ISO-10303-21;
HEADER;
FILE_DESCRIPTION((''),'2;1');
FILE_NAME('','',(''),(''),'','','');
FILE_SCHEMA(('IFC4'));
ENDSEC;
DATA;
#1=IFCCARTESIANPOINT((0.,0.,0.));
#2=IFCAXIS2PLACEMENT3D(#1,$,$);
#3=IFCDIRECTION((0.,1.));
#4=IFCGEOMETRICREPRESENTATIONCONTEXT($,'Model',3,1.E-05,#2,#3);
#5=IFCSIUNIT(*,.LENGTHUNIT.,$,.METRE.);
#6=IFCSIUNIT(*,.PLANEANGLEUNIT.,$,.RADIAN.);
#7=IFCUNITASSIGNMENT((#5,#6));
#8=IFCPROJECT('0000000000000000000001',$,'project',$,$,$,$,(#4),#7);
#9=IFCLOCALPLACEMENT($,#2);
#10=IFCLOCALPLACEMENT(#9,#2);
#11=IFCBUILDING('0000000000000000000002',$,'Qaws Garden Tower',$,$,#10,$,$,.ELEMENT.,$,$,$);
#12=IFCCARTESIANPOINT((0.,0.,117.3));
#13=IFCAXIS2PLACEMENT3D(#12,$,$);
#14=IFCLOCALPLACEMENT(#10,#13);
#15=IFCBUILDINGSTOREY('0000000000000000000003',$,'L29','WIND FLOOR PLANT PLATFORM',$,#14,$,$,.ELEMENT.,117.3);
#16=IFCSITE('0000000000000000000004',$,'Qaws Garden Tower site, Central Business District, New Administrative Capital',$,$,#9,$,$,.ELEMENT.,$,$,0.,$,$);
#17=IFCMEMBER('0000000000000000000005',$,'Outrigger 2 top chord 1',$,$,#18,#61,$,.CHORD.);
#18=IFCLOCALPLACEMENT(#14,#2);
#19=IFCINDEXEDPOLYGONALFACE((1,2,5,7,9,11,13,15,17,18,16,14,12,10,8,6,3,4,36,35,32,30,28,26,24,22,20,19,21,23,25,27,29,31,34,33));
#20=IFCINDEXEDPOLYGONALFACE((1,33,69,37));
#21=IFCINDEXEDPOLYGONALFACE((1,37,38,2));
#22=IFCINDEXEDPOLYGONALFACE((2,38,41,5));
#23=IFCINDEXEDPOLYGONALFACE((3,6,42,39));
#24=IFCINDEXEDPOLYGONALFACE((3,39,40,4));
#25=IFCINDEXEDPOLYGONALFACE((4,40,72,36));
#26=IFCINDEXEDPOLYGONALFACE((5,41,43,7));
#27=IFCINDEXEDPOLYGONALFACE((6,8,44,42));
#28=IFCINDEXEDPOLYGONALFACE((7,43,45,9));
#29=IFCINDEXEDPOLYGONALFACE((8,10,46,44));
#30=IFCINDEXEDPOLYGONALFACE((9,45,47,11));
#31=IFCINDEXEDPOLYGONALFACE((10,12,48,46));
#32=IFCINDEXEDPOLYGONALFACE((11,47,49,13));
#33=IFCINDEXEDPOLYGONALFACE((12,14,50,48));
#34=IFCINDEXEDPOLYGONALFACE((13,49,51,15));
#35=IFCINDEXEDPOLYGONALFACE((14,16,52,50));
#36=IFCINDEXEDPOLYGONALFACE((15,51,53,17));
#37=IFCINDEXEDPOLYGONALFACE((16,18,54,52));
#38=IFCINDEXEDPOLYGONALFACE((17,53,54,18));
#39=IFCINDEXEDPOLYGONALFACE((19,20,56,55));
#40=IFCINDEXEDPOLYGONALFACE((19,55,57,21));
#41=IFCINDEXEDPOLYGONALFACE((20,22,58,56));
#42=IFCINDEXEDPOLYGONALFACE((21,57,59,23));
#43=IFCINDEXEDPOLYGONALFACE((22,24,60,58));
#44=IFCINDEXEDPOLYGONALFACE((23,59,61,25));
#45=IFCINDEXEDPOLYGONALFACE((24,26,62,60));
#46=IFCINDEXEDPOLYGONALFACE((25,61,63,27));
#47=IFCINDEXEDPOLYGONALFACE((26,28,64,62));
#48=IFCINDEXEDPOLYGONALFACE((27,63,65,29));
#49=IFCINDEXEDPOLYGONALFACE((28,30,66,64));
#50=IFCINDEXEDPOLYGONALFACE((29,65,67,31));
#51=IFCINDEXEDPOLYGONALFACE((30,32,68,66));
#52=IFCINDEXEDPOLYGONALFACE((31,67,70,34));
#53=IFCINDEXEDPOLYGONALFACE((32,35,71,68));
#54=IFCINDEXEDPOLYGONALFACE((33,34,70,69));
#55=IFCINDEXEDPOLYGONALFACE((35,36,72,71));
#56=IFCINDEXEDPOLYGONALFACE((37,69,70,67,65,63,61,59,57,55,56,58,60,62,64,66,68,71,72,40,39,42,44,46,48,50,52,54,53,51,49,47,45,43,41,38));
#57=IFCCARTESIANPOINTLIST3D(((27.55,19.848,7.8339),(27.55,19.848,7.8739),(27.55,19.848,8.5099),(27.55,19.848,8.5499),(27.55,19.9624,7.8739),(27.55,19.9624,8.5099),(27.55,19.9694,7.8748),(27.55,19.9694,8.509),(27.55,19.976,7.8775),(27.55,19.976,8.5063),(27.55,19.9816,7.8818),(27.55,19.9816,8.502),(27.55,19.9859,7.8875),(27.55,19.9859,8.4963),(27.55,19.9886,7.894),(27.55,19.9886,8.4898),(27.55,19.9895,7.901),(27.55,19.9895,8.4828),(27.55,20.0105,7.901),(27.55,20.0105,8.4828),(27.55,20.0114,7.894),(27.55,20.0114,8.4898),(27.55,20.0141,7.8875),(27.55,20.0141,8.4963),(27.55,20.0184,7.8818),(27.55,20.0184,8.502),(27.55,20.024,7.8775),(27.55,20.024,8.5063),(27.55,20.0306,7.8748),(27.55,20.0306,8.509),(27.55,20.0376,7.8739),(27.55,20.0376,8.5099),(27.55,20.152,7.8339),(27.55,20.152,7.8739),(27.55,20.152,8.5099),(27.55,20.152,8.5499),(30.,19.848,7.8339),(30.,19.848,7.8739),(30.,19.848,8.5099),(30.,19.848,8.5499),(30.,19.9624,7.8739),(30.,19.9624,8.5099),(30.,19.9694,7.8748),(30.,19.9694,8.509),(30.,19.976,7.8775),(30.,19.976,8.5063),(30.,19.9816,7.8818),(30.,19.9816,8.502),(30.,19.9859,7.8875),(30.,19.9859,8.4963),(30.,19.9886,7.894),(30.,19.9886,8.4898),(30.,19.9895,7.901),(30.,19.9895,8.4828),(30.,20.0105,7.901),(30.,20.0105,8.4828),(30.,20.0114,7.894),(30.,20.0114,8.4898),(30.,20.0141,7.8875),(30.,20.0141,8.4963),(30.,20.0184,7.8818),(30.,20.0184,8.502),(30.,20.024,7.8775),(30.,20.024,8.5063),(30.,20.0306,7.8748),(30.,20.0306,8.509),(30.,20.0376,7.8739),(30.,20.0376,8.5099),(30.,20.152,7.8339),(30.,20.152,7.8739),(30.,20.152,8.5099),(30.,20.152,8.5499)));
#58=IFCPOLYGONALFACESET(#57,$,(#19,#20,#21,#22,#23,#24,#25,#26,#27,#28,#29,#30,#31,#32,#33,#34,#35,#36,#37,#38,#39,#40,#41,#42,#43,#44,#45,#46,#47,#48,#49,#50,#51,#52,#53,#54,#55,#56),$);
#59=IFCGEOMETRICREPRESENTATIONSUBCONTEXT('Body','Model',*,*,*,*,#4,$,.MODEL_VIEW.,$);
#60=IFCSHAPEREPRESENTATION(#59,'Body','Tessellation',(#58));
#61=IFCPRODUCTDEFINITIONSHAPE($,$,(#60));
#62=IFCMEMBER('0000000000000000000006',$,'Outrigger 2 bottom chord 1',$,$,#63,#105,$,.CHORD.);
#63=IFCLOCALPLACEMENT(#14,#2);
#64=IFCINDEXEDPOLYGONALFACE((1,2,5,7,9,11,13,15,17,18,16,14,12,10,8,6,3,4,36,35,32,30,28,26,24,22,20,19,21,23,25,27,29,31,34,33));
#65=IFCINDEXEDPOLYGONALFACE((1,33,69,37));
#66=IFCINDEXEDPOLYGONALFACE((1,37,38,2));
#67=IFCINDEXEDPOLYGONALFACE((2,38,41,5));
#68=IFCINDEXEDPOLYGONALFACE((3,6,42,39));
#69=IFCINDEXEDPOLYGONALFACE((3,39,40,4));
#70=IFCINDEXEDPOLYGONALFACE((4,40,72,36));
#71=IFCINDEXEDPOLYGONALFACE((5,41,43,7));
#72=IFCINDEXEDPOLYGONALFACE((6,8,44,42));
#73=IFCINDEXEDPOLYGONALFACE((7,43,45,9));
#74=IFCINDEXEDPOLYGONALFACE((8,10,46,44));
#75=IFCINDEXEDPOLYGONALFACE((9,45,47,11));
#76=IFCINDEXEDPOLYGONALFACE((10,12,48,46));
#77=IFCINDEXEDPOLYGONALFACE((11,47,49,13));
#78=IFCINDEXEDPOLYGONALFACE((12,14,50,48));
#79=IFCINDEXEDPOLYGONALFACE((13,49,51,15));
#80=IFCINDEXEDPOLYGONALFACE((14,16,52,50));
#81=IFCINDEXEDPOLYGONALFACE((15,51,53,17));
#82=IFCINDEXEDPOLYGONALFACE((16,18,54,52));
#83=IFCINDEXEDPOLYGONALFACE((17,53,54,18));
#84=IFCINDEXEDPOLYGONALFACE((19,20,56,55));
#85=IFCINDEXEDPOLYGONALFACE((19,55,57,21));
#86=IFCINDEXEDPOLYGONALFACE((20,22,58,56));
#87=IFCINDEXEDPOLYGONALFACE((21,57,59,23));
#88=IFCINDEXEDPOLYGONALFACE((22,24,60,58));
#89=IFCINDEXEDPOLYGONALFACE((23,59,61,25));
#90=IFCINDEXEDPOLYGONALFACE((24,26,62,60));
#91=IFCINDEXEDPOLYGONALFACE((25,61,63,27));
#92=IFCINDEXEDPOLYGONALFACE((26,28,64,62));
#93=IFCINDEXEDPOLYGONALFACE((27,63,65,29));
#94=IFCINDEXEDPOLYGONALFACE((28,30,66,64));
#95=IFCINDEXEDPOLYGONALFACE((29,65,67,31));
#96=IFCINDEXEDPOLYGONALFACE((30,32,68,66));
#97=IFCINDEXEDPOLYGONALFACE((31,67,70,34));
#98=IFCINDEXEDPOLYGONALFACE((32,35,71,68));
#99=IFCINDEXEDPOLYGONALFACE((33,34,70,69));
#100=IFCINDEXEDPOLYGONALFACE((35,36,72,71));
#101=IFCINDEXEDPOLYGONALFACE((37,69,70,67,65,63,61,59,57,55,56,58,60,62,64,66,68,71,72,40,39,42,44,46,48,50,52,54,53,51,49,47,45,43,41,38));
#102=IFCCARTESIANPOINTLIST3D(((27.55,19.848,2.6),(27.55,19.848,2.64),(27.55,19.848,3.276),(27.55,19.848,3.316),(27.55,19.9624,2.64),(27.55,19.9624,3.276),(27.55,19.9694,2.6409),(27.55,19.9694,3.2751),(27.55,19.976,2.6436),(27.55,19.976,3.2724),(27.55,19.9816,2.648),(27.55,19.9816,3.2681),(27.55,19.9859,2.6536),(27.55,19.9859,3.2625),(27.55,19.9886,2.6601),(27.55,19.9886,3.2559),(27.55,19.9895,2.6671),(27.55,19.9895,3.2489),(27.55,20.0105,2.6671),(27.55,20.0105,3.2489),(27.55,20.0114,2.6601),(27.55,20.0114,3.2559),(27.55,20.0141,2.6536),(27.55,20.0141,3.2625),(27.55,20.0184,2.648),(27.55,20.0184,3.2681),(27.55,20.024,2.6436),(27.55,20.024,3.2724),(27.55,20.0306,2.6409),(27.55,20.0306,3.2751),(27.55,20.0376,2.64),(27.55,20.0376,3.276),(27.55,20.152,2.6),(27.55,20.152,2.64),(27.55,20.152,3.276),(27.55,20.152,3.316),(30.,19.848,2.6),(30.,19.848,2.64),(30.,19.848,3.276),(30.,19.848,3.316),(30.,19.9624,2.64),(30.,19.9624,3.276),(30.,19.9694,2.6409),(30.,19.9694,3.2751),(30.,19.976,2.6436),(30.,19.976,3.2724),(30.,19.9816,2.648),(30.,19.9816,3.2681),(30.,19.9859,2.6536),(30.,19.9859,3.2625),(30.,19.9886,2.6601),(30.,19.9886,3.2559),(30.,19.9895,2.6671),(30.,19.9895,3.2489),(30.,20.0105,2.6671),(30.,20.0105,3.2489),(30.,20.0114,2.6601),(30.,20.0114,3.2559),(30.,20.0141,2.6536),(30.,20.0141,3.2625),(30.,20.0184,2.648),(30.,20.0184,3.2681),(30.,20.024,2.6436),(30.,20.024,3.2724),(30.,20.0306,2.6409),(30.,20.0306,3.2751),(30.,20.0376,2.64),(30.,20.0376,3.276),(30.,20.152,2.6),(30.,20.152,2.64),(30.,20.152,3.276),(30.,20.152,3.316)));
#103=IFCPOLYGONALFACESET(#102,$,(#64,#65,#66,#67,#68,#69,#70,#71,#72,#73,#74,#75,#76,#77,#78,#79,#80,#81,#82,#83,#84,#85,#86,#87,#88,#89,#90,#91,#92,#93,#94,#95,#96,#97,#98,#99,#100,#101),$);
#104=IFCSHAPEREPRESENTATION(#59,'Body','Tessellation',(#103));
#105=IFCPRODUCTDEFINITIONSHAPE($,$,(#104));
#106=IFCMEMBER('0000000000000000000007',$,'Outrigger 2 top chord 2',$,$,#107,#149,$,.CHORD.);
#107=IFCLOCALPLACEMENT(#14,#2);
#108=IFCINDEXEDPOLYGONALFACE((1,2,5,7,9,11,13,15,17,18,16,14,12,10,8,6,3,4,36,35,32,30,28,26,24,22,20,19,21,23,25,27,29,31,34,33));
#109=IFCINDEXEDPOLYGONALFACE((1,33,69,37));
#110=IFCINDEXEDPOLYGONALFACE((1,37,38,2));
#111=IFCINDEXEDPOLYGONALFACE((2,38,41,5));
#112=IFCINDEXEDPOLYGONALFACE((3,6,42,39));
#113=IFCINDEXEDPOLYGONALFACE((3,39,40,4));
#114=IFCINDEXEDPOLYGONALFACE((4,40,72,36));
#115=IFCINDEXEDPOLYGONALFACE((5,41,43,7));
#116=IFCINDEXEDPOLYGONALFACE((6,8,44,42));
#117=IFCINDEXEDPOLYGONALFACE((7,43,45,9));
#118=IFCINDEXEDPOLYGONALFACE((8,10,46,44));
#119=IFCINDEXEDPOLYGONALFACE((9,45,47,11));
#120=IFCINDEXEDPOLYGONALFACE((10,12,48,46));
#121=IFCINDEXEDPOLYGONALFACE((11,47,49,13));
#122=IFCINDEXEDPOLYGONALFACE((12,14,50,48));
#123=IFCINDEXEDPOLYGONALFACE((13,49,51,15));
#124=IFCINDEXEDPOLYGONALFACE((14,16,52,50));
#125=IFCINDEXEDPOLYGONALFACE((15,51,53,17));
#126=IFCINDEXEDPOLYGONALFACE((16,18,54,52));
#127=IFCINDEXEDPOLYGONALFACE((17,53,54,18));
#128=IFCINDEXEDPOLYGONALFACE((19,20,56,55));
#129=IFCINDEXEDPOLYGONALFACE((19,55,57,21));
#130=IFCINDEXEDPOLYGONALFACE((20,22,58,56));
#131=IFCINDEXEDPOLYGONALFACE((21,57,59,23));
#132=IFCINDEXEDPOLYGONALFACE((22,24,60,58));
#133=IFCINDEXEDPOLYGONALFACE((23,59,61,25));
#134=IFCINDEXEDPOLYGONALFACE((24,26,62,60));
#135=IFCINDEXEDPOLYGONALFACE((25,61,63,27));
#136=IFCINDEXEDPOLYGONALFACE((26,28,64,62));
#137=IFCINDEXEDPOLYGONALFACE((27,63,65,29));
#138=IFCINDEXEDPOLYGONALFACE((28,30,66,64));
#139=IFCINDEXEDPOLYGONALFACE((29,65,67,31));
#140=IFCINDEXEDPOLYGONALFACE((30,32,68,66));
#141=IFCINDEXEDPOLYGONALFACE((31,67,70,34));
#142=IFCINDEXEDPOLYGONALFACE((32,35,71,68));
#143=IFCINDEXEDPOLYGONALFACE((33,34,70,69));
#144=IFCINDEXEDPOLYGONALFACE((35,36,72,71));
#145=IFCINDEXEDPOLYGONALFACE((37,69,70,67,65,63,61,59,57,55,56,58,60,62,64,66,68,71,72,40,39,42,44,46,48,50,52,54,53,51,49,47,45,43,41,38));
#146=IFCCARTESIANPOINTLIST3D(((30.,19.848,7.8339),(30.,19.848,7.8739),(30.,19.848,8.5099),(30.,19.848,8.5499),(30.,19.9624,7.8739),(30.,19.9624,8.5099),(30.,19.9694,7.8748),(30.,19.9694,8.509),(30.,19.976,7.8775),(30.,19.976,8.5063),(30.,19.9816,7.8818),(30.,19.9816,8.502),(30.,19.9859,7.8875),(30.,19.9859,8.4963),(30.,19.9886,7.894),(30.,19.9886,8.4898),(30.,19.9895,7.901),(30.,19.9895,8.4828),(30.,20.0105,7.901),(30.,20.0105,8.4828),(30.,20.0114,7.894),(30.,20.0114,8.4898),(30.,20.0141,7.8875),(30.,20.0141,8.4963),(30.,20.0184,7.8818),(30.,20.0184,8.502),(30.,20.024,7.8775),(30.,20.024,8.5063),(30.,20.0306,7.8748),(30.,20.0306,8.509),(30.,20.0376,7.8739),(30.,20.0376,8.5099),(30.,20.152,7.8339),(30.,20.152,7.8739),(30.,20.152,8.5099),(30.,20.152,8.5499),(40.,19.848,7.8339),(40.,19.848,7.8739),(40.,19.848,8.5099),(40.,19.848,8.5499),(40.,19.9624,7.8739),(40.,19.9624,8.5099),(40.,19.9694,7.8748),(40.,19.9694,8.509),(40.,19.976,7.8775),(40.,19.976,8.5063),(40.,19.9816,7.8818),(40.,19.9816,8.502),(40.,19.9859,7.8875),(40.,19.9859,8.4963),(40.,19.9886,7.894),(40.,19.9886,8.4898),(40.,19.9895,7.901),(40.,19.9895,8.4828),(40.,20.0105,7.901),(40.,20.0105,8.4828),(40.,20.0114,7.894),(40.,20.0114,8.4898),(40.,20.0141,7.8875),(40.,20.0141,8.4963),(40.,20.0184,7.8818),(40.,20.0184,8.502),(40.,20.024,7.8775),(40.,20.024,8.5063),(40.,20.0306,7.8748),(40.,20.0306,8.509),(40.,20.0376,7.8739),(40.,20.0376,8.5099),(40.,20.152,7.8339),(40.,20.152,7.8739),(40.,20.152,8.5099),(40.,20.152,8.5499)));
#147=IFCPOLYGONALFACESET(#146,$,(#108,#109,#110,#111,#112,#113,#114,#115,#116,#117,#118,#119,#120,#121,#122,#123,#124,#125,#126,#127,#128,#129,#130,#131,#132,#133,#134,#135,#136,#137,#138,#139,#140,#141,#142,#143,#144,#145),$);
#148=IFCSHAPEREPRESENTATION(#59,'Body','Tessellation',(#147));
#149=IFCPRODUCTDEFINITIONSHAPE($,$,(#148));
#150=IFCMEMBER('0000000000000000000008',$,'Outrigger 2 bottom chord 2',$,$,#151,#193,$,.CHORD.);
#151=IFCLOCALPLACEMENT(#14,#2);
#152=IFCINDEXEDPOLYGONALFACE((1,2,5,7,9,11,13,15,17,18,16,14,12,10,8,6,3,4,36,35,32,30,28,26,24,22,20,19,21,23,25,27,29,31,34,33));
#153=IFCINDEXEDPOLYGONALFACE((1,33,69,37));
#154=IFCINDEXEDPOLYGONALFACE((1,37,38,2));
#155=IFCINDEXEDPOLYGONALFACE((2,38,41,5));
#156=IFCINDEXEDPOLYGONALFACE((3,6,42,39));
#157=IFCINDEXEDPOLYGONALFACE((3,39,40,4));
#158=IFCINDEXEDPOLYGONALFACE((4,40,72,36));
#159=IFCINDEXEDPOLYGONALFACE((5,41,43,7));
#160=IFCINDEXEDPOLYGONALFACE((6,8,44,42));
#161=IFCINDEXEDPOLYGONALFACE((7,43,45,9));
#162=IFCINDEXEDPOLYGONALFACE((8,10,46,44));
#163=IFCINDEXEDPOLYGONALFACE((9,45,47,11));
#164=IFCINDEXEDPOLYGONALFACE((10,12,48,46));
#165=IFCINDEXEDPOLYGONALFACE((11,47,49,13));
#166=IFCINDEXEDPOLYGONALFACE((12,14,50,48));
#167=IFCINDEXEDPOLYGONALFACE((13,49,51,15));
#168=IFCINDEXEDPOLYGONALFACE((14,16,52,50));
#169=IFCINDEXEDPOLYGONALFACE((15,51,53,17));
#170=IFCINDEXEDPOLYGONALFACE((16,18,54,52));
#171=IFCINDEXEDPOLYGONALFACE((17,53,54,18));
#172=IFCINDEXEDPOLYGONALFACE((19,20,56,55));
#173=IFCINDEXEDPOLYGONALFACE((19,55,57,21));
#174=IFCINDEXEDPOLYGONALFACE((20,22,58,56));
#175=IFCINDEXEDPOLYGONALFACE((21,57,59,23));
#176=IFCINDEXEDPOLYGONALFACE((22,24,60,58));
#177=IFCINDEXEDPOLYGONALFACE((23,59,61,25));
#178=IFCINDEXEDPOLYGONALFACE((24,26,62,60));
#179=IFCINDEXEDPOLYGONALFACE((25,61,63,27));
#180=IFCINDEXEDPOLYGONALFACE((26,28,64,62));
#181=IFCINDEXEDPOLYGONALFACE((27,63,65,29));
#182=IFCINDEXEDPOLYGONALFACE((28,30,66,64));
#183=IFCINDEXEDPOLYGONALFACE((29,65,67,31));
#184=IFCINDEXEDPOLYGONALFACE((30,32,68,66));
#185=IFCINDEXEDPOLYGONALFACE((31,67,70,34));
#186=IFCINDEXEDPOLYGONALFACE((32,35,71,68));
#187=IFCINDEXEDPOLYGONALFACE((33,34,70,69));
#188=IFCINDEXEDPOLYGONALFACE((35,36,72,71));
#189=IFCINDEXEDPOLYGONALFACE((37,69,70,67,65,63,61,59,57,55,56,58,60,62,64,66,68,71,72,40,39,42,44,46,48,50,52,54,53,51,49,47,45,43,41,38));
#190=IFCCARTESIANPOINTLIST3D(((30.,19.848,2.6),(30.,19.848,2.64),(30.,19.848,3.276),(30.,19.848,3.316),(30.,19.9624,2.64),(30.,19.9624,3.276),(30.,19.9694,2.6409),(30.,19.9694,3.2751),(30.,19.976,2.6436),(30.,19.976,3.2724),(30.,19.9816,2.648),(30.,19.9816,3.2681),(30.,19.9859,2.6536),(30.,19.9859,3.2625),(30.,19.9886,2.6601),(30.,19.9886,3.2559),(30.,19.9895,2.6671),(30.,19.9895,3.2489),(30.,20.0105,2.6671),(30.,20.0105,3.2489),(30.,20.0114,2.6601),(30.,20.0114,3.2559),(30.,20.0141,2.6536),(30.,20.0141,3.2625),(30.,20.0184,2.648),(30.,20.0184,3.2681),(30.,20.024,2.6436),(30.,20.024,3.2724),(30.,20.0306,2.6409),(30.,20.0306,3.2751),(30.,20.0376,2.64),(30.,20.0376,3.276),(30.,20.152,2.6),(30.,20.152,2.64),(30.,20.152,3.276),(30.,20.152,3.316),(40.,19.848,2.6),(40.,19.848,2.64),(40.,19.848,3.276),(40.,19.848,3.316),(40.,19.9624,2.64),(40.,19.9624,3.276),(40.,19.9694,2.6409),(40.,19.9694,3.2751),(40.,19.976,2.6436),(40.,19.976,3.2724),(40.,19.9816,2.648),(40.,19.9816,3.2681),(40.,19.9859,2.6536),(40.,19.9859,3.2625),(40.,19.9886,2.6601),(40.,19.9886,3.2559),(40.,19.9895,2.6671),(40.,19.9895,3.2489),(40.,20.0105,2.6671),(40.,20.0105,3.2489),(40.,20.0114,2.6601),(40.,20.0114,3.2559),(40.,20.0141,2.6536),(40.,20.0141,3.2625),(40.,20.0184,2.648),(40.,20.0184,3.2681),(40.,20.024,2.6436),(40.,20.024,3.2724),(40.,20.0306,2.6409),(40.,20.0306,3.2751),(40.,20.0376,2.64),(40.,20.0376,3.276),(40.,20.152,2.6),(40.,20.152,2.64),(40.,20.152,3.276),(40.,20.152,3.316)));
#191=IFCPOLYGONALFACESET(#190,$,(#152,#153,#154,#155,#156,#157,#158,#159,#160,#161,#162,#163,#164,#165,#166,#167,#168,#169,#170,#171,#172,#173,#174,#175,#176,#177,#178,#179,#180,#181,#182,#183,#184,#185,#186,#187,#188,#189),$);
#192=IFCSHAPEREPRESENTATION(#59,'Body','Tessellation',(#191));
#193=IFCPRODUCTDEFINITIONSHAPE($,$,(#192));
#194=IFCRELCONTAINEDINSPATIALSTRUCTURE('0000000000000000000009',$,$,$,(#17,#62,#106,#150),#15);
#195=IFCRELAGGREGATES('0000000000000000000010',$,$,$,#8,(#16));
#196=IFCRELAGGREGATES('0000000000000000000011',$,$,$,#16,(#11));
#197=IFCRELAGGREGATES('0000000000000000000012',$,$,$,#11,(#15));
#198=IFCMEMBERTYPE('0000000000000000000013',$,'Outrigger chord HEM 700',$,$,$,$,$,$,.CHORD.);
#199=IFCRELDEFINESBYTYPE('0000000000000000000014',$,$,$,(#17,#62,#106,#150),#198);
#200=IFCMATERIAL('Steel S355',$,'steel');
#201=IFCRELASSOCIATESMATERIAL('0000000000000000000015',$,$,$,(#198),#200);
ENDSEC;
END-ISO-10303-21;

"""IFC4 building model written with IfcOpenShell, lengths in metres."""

from ifc_helpers import new_model, si_unit, direction, frame, origin, origin_2d, place, context, subcontext, project, spatial, i_section, extrude, material, material_profile, profile_set, type_object, element, save


model = new_model("IFC4")

# Units and contexts
model_context = context("Model", 3, precision=1e-05, world=origin(), true_north=direction((0.0, 1.0)))
body_context = subcontext(model_context, "Body", "Model", "MODEL_VIEW")
ifc_project = project(units=[si_unit("LENGTHUNIT", "METRE"), si_unit("PLANEANGLEUNIT", "RADIAN")], contexts=[model_context])

# Site, building, storey
site_placement = place(None, origin())
site = spatial("IfcSite", under=ifc_project, at=site_placement, Name="Qaws Garden Tower site, Central Business District, New Administrative Capital", CompositionType="ELEMENT", RefElevation=0.0)
building_placement = place(site_placement, origin())
building = spatial("IfcBuilding", under=site, at=building_placement, Name="Qaws Garden Tower", CompositionType="ELEMENT")
storey_placement = place(building_placement, frame((0.0, 0.0, 117.3)))
storey = spatial("IfcBuildingStorey", under=building, at=storey_placement, Name="L29", Description="WIND FLOOR PLANT PLATFORM", CompositionType="ELEMENT", Elevation=117.3)

# Members
ifc_material_1 = material(Name="Steel S355", Category="steel")
ifc_material_profile_1 = material_profile(ifc_material_1, i_section(OverallWidth=0.304, OverallDepth=0.7161, WebThickness=0.021, FlangeThickness=0.04, FilletRadius=0.0271, at=origin_2d()), Name="HEM 700")
ifc_profile_set_1 = profile_set([ifc_material_profile_1], Name="Steel S355")
member_type_1 = type_object("IfcMemberType", Name="Outrigger chord HEM 700", PredefinedType="CHORD", material=ifc_profile_set_1)
for number, where, z_axis, x_axis, name in (
    (1, (27.55, 20.0, 8.1919), (1.0, 0.0, 0.0), (0.0, 1.0, 0.0), "Outrigger 2 top chord 1"),
    (2, (27.55, 20.0, 2.958), (1.0, 0.0, 0.0), (0.0, 1.0, 0.0), "Outrigger 2 bottom chord 1"),
):
    element("IfcMember", number, at=place(storey_placement, frame(where, z_axis=z_axis, x_axis=x_axis)), inside=storey, type_object=member_type_1, Name=name, PredefinedType="CHORD", context=body_context, shape_type="SweptSolid", body=[
        extrude(i_section(OverallWidth=0.304, OverallDepth=0.7161, WebThickness=0.021, FlangeThickness=0.04, FilletRadius=0.0271, at=origin_2d()), origin(), (0.0, 0.0, 1.0), 2.45),
    ])
for number, where, z_axis, x_axis, name in (
    (3, (30.0, 20.0, 8.1919), (1.0, 0.0, 0.0), (0.0, 1.0, 0.0), "Outrigger 2 top chord 2"),
    (4, (30.0, 20.0, 2.958), (1.0, 0.0, 0.0), (0.0, 1.0, 0.0), "Outrigger 2 bottom chord 2"),
):
    element("IfcMember", number, at=place(storey_placement, frame(where, z_axis=z_axis, x_axis=x_axis)), inside=storey, type_object=member_type_1, Name=name, PredefinedType="CHORD", context=body_context, shape_type="SweptSolid", body=[
        extrude(i_section(OverallWidth=0.304, OverallDepth=0.7161, WebThickness=0.021, FlangeThickness=0.04, FilletRadius=0.0271, at=origin_2d()), origin(), (0.0, 0.0, 1.0), 10.0),
    ])

save(model, "model.ifc")
